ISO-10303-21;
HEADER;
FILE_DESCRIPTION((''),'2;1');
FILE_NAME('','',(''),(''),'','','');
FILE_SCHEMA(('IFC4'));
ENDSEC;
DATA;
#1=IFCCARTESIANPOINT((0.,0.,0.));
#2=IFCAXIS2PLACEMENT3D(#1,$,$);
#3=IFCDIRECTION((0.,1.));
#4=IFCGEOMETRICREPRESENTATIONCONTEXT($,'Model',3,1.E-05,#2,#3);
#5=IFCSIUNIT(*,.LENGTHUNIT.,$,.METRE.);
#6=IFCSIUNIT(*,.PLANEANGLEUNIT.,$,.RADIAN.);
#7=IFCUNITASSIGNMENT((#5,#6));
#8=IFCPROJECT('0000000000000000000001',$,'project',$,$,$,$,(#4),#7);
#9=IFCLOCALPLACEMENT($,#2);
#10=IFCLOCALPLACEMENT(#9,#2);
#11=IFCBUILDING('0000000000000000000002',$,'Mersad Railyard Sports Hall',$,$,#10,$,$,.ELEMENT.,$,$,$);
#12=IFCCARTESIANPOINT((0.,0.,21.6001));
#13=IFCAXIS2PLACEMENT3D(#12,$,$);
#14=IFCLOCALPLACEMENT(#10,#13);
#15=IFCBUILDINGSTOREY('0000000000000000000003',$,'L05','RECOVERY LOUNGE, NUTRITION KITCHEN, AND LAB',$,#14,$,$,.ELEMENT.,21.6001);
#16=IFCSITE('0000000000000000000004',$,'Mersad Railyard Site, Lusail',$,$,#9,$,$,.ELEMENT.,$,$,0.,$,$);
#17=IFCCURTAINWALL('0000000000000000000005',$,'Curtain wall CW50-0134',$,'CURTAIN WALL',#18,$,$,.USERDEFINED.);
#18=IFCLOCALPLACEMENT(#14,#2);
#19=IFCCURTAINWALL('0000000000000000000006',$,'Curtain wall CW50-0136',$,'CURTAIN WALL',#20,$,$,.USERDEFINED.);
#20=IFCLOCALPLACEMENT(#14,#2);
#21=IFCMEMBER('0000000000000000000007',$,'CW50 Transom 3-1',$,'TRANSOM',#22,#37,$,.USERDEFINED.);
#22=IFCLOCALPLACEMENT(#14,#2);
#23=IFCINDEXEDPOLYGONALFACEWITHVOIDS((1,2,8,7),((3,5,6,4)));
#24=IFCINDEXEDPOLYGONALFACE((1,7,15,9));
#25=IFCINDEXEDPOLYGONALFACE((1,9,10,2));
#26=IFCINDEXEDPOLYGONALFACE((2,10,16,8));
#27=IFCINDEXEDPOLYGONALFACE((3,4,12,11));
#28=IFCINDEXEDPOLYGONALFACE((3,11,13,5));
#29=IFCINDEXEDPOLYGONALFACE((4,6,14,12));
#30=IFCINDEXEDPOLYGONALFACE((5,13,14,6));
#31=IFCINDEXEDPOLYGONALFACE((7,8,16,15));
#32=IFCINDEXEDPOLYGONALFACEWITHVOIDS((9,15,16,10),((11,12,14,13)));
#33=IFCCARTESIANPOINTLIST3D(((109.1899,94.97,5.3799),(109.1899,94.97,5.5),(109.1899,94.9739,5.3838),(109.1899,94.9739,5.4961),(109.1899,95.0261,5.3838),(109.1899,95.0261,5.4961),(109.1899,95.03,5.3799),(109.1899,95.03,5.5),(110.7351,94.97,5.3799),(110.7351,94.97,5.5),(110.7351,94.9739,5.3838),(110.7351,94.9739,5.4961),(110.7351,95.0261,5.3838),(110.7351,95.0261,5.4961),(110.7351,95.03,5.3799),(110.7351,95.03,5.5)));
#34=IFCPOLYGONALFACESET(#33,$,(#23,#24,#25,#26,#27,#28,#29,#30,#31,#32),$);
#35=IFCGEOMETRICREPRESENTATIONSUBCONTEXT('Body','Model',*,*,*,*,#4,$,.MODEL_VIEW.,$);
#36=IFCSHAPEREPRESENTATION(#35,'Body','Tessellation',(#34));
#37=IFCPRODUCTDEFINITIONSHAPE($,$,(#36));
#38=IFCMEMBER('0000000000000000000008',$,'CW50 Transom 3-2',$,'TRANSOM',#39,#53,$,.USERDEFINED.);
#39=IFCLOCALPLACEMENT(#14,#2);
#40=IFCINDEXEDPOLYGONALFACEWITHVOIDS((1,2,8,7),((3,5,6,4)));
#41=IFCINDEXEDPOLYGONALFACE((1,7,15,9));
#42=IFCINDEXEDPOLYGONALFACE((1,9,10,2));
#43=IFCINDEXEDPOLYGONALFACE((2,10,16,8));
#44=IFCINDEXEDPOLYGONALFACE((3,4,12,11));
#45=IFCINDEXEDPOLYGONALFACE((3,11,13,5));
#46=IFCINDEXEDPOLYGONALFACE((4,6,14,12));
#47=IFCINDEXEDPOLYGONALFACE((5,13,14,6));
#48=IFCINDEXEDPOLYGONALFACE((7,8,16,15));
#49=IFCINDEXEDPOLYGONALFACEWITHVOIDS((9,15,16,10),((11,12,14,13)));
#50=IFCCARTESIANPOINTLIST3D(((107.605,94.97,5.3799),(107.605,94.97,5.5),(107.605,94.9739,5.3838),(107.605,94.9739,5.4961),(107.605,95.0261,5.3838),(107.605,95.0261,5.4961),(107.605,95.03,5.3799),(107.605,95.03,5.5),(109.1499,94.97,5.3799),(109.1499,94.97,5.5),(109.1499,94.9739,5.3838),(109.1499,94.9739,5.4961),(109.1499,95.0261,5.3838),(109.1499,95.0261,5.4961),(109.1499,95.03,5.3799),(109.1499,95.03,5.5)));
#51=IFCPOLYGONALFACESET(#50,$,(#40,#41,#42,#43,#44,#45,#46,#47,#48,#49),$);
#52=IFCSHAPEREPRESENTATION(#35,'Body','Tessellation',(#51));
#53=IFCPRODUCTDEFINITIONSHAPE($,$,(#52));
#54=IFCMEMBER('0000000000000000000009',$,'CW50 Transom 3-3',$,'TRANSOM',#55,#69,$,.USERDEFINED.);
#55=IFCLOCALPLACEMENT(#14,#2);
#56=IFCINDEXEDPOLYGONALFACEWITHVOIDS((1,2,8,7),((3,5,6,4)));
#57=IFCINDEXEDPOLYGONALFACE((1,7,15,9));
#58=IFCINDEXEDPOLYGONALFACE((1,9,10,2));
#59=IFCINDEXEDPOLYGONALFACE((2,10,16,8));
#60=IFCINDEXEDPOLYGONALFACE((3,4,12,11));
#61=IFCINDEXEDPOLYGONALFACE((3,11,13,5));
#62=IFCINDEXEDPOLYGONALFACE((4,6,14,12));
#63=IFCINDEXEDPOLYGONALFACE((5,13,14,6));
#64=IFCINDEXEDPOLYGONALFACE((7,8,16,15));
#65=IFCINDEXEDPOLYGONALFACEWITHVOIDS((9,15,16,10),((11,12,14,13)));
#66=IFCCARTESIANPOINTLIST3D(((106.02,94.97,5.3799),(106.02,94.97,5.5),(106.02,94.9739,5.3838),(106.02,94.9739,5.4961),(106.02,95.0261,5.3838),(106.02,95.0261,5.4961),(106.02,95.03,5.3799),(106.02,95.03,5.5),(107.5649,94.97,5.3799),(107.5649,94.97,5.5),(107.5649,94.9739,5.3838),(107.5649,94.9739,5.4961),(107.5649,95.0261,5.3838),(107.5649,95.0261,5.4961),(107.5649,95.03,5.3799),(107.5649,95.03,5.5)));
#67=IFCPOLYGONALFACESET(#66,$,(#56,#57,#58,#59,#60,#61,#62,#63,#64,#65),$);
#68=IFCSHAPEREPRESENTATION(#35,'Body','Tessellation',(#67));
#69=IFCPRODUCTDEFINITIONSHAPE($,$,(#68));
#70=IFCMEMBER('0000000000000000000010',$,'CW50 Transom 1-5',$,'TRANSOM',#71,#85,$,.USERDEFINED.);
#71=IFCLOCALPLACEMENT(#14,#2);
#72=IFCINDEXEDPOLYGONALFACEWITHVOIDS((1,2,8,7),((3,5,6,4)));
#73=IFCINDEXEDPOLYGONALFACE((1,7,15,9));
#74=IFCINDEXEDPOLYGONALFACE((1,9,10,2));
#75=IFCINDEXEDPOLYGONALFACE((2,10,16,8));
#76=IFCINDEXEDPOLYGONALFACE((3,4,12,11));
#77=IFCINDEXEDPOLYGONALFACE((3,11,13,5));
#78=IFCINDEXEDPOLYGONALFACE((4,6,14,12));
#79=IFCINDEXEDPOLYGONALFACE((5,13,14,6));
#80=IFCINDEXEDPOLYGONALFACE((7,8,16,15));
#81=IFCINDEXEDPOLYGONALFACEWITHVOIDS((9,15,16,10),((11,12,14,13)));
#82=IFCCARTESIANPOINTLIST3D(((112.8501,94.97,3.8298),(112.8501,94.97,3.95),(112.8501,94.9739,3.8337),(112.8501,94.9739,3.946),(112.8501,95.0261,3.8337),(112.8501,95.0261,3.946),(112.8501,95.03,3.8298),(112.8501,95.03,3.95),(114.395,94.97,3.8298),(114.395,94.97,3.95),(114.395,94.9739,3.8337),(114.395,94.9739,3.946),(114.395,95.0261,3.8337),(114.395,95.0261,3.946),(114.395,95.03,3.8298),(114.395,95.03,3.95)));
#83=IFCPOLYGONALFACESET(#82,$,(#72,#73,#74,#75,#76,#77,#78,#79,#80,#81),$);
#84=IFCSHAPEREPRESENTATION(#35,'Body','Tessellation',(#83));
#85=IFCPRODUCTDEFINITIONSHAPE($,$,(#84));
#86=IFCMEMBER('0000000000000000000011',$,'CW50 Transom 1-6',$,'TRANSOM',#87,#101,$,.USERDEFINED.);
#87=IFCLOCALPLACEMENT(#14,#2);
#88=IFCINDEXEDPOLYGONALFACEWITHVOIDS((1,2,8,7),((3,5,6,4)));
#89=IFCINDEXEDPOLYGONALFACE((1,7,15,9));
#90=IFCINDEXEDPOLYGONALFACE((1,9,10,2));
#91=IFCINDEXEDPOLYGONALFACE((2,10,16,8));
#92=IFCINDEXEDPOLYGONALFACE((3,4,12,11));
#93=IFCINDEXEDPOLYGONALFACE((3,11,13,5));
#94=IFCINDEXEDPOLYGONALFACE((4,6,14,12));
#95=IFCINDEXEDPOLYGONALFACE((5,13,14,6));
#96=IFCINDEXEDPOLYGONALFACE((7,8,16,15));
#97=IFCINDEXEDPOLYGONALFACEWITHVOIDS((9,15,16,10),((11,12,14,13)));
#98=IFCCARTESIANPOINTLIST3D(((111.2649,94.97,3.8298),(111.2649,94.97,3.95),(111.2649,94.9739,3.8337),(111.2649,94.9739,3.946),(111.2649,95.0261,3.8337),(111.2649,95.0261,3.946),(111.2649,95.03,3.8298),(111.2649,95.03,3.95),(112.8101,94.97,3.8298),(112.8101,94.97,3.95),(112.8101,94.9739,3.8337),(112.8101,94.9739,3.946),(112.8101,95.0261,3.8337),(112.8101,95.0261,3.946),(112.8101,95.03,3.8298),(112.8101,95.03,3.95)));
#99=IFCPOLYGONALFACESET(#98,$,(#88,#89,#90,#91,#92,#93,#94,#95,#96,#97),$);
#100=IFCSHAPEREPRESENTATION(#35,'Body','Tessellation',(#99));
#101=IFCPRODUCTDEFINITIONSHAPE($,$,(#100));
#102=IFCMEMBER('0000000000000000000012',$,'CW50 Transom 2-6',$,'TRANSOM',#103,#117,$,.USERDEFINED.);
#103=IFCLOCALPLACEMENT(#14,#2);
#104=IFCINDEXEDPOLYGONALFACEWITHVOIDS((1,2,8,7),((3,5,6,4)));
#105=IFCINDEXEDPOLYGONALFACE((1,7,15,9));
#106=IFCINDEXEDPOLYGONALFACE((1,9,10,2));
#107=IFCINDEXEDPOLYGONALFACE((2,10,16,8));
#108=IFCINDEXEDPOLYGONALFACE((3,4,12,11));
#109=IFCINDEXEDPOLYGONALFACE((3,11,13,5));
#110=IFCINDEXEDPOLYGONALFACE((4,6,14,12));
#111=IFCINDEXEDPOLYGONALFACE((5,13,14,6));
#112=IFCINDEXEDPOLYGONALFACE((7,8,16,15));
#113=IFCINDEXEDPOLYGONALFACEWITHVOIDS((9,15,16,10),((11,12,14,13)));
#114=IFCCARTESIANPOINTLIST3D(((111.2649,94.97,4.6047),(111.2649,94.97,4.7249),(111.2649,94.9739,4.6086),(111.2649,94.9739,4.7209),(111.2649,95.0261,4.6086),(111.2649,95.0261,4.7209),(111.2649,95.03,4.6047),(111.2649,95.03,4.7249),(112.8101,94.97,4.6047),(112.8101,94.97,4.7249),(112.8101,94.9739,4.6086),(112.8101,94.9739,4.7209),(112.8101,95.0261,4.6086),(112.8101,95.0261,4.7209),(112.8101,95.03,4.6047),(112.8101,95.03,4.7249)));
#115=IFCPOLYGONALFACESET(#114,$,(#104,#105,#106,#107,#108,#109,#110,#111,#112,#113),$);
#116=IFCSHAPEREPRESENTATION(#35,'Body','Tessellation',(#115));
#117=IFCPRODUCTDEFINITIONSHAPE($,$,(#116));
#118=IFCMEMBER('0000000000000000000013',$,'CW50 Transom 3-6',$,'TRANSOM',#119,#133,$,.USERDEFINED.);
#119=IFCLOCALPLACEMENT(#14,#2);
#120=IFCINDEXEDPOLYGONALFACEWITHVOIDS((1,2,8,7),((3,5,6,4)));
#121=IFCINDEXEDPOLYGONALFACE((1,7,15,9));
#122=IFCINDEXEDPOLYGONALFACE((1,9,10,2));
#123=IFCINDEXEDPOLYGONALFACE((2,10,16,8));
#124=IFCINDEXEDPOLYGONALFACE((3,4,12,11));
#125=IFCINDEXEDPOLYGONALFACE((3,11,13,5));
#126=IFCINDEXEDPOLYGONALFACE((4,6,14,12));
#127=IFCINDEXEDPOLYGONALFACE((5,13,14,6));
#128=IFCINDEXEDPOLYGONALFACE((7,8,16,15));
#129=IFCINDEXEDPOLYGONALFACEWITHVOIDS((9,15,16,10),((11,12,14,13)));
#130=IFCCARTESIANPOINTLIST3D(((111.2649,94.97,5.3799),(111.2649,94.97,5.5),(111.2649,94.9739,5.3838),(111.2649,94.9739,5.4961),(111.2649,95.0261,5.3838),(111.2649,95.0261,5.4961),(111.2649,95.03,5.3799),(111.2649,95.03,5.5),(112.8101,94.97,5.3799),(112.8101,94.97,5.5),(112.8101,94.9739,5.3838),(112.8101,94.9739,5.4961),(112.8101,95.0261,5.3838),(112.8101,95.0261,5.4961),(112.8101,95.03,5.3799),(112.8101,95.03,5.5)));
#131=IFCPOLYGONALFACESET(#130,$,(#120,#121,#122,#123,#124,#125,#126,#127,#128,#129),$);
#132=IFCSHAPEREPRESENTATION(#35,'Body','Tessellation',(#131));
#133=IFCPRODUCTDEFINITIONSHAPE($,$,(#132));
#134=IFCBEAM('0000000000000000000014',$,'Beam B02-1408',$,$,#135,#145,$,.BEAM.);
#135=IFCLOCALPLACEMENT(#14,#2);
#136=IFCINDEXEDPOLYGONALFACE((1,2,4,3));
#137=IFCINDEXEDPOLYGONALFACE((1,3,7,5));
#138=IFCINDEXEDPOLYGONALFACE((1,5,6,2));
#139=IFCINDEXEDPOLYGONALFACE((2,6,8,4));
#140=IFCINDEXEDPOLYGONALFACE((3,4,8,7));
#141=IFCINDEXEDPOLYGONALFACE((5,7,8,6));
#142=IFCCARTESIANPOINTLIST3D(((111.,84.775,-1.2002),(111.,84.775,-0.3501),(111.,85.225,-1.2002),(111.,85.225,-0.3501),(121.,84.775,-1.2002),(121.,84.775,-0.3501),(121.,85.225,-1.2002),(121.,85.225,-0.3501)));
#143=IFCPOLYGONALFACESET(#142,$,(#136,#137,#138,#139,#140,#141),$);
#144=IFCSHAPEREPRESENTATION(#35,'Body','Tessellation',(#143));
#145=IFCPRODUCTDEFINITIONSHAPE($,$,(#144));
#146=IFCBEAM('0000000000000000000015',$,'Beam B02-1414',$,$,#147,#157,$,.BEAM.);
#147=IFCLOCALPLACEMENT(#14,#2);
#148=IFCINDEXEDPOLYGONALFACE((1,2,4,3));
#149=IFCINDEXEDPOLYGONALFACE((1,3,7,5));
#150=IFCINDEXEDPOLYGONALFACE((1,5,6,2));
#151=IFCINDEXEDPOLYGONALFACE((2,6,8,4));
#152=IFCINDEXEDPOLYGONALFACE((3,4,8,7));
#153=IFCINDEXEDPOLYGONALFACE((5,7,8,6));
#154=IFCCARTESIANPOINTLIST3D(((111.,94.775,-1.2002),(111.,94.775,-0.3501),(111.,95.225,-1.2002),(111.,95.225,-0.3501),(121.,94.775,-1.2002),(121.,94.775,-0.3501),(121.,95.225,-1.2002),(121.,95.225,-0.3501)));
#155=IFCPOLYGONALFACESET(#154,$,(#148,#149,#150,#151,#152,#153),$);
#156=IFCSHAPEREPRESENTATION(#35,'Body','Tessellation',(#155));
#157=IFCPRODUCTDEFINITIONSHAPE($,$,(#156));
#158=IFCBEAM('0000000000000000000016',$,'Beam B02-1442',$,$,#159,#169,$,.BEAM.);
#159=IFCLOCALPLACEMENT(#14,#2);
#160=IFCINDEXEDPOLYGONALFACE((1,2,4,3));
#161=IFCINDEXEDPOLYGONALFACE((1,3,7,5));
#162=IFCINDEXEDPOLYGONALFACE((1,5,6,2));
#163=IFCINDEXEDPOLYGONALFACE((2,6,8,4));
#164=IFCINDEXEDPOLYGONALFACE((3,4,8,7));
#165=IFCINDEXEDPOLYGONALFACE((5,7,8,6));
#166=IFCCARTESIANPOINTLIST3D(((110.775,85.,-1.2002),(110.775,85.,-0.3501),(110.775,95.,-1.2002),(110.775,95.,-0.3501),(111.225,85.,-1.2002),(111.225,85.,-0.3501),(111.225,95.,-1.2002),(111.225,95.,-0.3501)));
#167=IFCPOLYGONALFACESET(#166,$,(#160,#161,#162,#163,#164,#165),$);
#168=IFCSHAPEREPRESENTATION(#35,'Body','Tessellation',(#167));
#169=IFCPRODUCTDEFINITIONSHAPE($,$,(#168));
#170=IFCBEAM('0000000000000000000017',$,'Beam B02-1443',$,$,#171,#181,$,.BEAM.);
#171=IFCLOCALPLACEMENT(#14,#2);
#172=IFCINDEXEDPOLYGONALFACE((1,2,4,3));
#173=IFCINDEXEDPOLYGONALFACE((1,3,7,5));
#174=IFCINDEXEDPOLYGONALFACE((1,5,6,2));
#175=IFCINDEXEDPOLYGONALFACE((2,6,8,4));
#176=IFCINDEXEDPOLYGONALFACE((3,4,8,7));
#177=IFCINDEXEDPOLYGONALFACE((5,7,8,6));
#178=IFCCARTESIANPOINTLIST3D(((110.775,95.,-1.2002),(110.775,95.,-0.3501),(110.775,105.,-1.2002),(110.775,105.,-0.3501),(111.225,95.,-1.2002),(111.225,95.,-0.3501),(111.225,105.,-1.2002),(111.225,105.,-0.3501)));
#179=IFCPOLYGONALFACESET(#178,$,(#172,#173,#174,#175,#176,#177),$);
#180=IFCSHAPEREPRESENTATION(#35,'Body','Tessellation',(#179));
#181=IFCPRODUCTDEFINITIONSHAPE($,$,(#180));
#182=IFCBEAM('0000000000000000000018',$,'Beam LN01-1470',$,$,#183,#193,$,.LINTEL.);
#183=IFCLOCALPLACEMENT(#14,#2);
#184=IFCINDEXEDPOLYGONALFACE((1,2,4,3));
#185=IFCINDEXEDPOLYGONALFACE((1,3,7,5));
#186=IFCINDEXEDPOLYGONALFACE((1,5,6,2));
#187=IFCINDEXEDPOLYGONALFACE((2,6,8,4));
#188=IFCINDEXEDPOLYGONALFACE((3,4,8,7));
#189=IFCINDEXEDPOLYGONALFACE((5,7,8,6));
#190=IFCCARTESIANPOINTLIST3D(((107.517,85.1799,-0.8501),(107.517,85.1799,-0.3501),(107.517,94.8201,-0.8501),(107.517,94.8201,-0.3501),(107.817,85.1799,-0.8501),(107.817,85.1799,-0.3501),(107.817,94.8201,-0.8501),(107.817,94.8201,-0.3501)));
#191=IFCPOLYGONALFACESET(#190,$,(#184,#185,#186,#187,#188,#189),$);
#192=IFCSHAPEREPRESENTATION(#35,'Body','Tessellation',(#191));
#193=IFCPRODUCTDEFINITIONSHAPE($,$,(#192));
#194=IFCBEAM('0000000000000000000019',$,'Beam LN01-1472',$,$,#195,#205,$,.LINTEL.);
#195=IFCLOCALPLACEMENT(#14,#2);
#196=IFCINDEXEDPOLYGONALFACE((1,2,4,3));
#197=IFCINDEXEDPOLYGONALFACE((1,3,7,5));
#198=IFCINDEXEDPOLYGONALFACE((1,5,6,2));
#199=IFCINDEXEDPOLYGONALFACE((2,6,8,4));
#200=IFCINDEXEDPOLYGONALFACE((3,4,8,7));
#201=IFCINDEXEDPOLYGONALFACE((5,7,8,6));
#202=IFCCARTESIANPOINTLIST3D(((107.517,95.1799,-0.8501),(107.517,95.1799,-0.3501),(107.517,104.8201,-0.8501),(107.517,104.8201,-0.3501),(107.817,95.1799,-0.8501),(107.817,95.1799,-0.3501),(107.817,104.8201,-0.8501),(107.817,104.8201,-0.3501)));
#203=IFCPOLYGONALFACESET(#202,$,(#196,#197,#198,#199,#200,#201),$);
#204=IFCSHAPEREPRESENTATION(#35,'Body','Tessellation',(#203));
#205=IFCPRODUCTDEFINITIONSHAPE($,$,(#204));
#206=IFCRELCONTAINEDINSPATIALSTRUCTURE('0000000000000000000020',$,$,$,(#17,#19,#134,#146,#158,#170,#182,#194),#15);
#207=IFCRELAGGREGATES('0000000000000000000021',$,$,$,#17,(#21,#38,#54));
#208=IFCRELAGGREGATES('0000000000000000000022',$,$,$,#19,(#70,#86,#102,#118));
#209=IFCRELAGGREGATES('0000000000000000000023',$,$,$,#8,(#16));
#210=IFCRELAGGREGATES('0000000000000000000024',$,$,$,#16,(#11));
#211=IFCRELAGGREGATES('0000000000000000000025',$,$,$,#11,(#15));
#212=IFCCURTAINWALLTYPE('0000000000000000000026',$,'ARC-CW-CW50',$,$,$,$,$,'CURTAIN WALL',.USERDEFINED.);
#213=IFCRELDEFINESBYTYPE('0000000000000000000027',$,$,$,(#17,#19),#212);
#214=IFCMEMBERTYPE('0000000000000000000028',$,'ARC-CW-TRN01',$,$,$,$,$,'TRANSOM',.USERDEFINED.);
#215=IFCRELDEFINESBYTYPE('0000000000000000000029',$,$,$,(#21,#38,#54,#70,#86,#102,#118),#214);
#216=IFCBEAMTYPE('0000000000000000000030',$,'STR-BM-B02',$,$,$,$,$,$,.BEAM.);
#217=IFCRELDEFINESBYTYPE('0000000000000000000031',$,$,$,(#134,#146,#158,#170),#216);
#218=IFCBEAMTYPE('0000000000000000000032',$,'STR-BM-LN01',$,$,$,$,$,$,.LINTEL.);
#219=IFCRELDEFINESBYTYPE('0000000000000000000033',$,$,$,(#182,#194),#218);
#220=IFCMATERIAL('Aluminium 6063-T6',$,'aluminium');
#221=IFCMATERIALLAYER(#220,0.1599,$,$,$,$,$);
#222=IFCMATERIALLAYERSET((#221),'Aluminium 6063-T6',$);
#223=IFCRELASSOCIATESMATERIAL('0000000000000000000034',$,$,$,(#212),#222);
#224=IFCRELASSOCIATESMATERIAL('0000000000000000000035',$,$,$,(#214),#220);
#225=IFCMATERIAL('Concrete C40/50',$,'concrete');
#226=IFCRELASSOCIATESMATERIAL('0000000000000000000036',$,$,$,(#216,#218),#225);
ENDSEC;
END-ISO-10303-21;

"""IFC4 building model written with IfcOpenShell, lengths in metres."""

from ifc_helpers import new_model, si_unit, direction, frame, origin, origin_2d, place, context, subcontext, project, spatial, rectangle, hollow_rectangle, extrude, material, layer, layer_set, material_profile, profile_set, type_object, element, aggregate, save


model = new_model("IFC4")

# Units and contexts
model_context = context("Model", 3, precision=1e-05, world=origin(), true_north=direction((0.0, 1.0)))
body_context = subcontext(model_context, "Body", "Model", "MODEL_VIEW")
ifc_project = project(units=[si_unit("LENGTHUNIT", "METRE"), si_unit("PLANEANGLEUNIT", "RADIAN")], contexts=[model_context])

# Site, building, storey
site_placement = place(None, origin())
site = spatial("IfcSite", under=ifc_project, at=site_placement, Name="Mersad Railyard Site, Lusail", CompositionType="ELEMENT", RefElevation=0.0)
building_placement = place(site_placement, origin())
building = spatial("IfcBuilding", under=site, at=building_placement, Name="Mersad Railyard Sports Hall", CompositionType="ELEMENT")
storey_placement = place(building_placement, frame((0.0, 0.0, 21.6001)))
storey = spatial("IfcBuildingStorey", under=building, at=storey_placement, Name="L05", Description="RECOVERY LOUNGE, NUTRITION KITCHEN, AND LAB", CompositionType="ELEMENT", Elevation=21.6001)

# Shared definitions
ifc_material_1 = material(Name="Concrete C40/50", Category="concrete")

# Curtain walls
ifc_material_2 = material(Name="Aluminium 6063-T6", Category="aluminium")
ifc_layer_1 = layer(ifc_material_2, 0.1599)
ifc_layer_set_1 = layer_set([ifc_layer_1], Name="Aluminium 6063-T6")
curtain_wall_type = type_object("IfcCurtainWallType", Name="ARC-CW-CW50", ElementType="CURTAIN WALL", PredefinedType="USERDEFINED", material=ifc_layer_set_1)
curtain_wall_1_placement = place(storey_placement, origin())
curtain_wall_1 = element("IfcCurtainWall", 1, at=curtain_wall_1_placement, inside=storey, type_object=curtain_wall_type, Name="Curtain wall CW50-0134", ObjectType="CURTAIN WALL", PredefinedType="USERDEFINED")
curtain_wall_2_placement = place(storey_placement, origin())
curtain_wall_2 = element("IfcCurtainWall", 2, at=curtain_wall_2_placement, inside=storey, type_object=curtain_wall_type, Name="Curtain wall CW50-0136", ObjectType="CURTAIN WALL", PredefinedType="USERDEFINED")

# Members
ifc_material_profile_1 = material_profile(ifc_material_2, hollow_rectangle(XDim=0.0601, YDim=0.1201, WallThickness=0.0039, at=origin_2d()), Name="AL TRANSOM 60x120x4")
ifc_profile_set_1 = profile_set([ifc_material_profile_1], Name="Aluminium 6063-T6")
member_type_1 = type_object("IfcMemberType", Name="ARC-CW-TRN01", ElementType="TRANSOM", PredefinedType="USERDEFINED", material=ifc_profile_set_1)
member_1_placement = place(storey_placement, frame((110.7351, 95.0, 5.4399), z_axis=(-1.0, 0.0, 0.0), x_axis=(0.0, -1.0, 0.0)))
member_1 = element("IfcMember", 3, at=member_1_placement, type_object=member_type_1, Name="CW50 Transom 3-1", ObjectType="TRANSOM", PredefinedType="USERDEFINED", context=body_context, shape_type="SweptSolid", body=[
    extrude(hollow_rectangle(XDim=0.0601, YDim=0.1201, WallThickness=0.0039, at=origin_2d()), origin(), (0.0, 0.0, 1.0), 1.5452),
])
member_2_placement = place(storey_placement, frame((109.1499, 95.0, 5.4399), z_axis=(-1.0, 0.0, 0.0), x_axis=(0.0, -1.0, 0.0)))
member_2 = element("IfcMember", 4, at=member_2_placement, type_object=member_type_1, Name="CW50 Transom 3-2", ObjectType="TRANSOM", PredefinedType="USERDEFINED", context=body_context, shape_type="SweptSolid", body=[
    extrude(hollow_rectangle(XDim=0.0601, YDim=0.1201, WallThickness=0.0039, at=origin_2d()), origin(), (0.0, 0.0, 1.0), 1.5449),
])
member_3_placement = place(storey_placement, frame((107.5649, 95.0, 5.4399), z_axis=(-1.0, 0.0, 0.0), x_axis=(0.0, -1.0, 0.0)))
member_3 = element("IfcMember", 5, at=member_3_placement, type_object=member_type_1, Name="CW50 Transom 3-3", ObjectType="TRANSOM", PredefinedType="USERDEFINED", context=body_context, shape_type="SweptSolid", body=[
    extrude(hollow_rectangle(XDim=0.0601, YDim=0.1201, WallThickness=0.0039, at=origin_2d()), origin(), (0.0, 0.0, 1.0), 1.5449),
])
member_4_placement = place(storey_placement, frame((114.395, 95.0, 3.8899), z_axis=(-1.0, 0.0, 0.0), x_axis=(0.0, -1.0, 0.0)))
member_4 = element("IfcMember", 6, at=member_4_placement, type_object=member_type_1, Name="CW50 Transom 1-5", ObjectType="TRANSOM", PredefinedType="USERDEFINED", context=body_context, shape_type="SweptSolid", body=[
    extrude(hollow_rectangle(XDim=0.0601, YDim=0.1201, WallThickness=0.0039, at=origin_2d()), origin(), (0.0, 0.0, 1.0), 1.5449),
])
member_5_placement = place(storey_placement, frame((112.8101, 95.0, 3.8899), z_axis=(-1.0, 0.0, 0.0), x_axis=(0.0, -1.0, 0.0)))
member_5 = element("IfcMember", 7, at=member_5_placement, type_object=member_type_1, Name="CW50 Transom 1-6", ObjectType="TRANSOM", PredefinedType="USERDEFINED", context=body_context, shape_type="SweptSolid", body=[
    extrude(hollow_rectangle(XDim=0.0601, YDim=0.1201, WallThickness=0.0039, at=origin_2d()), origin(), (0.0, 0.0, 1.0), 1.5452),
])
member_6_placement = place(storey_placement, frame((112.8101, 95.0, 4.6648), z_axis=(-1.0, 0.0, 0.0), x_axis=(0.0, -1.0, 0.0)))
member_6 = element("IfcMember", 8, at=member_6_placement, type_object=member_type_1, Name="CW50 Transom 2-6", ObjectType="TRANSOM", PredefinedType="USERDEFINED", context=body_context, shape_type="SweptSolid", body=[
    extrude(hollow_rectangle(XDim=0.0601, YDim=0.1201, WallThickness=0.0039, at=origin_2d()), origin(), (0.0, 0.0, 1.0), 1.5452),
])
member_7_placement = place(storey_placement, frame((112.8101, 95.0, 5.4399), z_axis=(-1.0, 0.0, 0.0), x_axis=(0.0, -1.0, 0.0)))
member_7 = element("IfcMember", 9, at=member_7_placement, type_object=member_type_1, Name="CW50 Transom 3-6", ObjectType="TRANSOM", PredefinedType="USERDEFINED", context=body_context, shape_type="SweptSolid", body=[
    extrude(hollow_rectangle(XDim=0.0601, YDim=0.1201, WallThickness=0.0039, at=origin_2d()), origin(), (0.0, 0.0, 1.0), 1.5452),
])

# Beams
ifc_material_profile_2 = material_profile(ifc_material_1, rectangle(XDim=0.45, YDim=0.8501, at=origin_2d()), Name="RC 450x850")
ifc_profile_set_2 = profile_set([ifc_material_profile_2], Name="Concrete C40/50")
beam_type_1 = type_object("IfcBeamType", Name="STR-BM-B02", PredefinedType="BEAM", material=ifc_profile_set_2)
for number, where, z_axis, x_axis, name in (
    (10, (111.0, 85.0, -0.7751), (1.0, 0.0, 0.0), (0.0, 1.0, 0.0), "Beam B02-1408"),
    (11, (111.0, 95.0, -0.7751), (1.0, 0.0, 0.0), (0.0, 1.0, 0.0), "Beam B02-1414"),
    (12, (111.0, 85.0, -0.7751), (0.0, 1.0, 0.0), (-1.0, 0.0, 0.0), "Beam B02-1442"),
    (13, (111.0, 95.0, -0.7751), (0.0, 1.0, 0.0), (-1.0, 0.0, 0.0), "Beam B02-1443"),
):
    element("IfcBeam", number, at=place(storey_placement, frame(where, z_axis=z_axis, x_axis=x_axis)), inside=storey, type_object=beam_type_1, Name=name, PredefinedType="BEAM", context=body_context, shape_type="SweptSolid", body=[
        extrude(rectangle(XDim=0.45, YDim=0.8501, at=origin_2d()), origin(), (0.0, 0.0, 1.0), 10.0),
    ])
ifc_material_profile_3 = material_profile(ifc_material_1, rectangle(XDim=0.3, YDim=0.5, at=origin_2d()), Name="RC 300x500")
ifc_profile_set_3 = profile_set([ifc_material_profile_3], Name="Concrete C40/50")
beam_type_2 = type_object("IfcBeamType", Name="STR-BM-LN01", PredefinedType="LINTEL", material=ifc_profile_set_3)
for number, where, z_axis, x_axis, name in (
    (14, (107.667, 85.1799, -0.6001), (0.0, 1.0, 0.0), (-1.0, 0.0, 0.0), "Beam LN01-1470"),
    (15, (107.667, 95.1799, -0.6001), (0.0, 1.0, 0.0), (-1.0, 0.0, 0.0), "Beam LN01-1472"),
):
    element("IfcBeam", number, at=place(storey_placement, frame(where, z_axis=z_axis, x_axis=x_axis)), inside=storey, type_object=beam_type_2, Name=name, PredefinedType="LINTEL", context=body_context, shape_type="SweptSolid", body=[
        extrude(rectangle(XDim=0.3, YDim=0.5, at=origin_2d()), origin(), (0.0, 0.0, 1.0), 9.6401),
    ])

aggregate(curtain_wall_1, [member_1, member_2, member_3])
aggregate(curtain_wall_2, [member_4, member_5, member_6, member_7])

save(model, "model.ifc")
